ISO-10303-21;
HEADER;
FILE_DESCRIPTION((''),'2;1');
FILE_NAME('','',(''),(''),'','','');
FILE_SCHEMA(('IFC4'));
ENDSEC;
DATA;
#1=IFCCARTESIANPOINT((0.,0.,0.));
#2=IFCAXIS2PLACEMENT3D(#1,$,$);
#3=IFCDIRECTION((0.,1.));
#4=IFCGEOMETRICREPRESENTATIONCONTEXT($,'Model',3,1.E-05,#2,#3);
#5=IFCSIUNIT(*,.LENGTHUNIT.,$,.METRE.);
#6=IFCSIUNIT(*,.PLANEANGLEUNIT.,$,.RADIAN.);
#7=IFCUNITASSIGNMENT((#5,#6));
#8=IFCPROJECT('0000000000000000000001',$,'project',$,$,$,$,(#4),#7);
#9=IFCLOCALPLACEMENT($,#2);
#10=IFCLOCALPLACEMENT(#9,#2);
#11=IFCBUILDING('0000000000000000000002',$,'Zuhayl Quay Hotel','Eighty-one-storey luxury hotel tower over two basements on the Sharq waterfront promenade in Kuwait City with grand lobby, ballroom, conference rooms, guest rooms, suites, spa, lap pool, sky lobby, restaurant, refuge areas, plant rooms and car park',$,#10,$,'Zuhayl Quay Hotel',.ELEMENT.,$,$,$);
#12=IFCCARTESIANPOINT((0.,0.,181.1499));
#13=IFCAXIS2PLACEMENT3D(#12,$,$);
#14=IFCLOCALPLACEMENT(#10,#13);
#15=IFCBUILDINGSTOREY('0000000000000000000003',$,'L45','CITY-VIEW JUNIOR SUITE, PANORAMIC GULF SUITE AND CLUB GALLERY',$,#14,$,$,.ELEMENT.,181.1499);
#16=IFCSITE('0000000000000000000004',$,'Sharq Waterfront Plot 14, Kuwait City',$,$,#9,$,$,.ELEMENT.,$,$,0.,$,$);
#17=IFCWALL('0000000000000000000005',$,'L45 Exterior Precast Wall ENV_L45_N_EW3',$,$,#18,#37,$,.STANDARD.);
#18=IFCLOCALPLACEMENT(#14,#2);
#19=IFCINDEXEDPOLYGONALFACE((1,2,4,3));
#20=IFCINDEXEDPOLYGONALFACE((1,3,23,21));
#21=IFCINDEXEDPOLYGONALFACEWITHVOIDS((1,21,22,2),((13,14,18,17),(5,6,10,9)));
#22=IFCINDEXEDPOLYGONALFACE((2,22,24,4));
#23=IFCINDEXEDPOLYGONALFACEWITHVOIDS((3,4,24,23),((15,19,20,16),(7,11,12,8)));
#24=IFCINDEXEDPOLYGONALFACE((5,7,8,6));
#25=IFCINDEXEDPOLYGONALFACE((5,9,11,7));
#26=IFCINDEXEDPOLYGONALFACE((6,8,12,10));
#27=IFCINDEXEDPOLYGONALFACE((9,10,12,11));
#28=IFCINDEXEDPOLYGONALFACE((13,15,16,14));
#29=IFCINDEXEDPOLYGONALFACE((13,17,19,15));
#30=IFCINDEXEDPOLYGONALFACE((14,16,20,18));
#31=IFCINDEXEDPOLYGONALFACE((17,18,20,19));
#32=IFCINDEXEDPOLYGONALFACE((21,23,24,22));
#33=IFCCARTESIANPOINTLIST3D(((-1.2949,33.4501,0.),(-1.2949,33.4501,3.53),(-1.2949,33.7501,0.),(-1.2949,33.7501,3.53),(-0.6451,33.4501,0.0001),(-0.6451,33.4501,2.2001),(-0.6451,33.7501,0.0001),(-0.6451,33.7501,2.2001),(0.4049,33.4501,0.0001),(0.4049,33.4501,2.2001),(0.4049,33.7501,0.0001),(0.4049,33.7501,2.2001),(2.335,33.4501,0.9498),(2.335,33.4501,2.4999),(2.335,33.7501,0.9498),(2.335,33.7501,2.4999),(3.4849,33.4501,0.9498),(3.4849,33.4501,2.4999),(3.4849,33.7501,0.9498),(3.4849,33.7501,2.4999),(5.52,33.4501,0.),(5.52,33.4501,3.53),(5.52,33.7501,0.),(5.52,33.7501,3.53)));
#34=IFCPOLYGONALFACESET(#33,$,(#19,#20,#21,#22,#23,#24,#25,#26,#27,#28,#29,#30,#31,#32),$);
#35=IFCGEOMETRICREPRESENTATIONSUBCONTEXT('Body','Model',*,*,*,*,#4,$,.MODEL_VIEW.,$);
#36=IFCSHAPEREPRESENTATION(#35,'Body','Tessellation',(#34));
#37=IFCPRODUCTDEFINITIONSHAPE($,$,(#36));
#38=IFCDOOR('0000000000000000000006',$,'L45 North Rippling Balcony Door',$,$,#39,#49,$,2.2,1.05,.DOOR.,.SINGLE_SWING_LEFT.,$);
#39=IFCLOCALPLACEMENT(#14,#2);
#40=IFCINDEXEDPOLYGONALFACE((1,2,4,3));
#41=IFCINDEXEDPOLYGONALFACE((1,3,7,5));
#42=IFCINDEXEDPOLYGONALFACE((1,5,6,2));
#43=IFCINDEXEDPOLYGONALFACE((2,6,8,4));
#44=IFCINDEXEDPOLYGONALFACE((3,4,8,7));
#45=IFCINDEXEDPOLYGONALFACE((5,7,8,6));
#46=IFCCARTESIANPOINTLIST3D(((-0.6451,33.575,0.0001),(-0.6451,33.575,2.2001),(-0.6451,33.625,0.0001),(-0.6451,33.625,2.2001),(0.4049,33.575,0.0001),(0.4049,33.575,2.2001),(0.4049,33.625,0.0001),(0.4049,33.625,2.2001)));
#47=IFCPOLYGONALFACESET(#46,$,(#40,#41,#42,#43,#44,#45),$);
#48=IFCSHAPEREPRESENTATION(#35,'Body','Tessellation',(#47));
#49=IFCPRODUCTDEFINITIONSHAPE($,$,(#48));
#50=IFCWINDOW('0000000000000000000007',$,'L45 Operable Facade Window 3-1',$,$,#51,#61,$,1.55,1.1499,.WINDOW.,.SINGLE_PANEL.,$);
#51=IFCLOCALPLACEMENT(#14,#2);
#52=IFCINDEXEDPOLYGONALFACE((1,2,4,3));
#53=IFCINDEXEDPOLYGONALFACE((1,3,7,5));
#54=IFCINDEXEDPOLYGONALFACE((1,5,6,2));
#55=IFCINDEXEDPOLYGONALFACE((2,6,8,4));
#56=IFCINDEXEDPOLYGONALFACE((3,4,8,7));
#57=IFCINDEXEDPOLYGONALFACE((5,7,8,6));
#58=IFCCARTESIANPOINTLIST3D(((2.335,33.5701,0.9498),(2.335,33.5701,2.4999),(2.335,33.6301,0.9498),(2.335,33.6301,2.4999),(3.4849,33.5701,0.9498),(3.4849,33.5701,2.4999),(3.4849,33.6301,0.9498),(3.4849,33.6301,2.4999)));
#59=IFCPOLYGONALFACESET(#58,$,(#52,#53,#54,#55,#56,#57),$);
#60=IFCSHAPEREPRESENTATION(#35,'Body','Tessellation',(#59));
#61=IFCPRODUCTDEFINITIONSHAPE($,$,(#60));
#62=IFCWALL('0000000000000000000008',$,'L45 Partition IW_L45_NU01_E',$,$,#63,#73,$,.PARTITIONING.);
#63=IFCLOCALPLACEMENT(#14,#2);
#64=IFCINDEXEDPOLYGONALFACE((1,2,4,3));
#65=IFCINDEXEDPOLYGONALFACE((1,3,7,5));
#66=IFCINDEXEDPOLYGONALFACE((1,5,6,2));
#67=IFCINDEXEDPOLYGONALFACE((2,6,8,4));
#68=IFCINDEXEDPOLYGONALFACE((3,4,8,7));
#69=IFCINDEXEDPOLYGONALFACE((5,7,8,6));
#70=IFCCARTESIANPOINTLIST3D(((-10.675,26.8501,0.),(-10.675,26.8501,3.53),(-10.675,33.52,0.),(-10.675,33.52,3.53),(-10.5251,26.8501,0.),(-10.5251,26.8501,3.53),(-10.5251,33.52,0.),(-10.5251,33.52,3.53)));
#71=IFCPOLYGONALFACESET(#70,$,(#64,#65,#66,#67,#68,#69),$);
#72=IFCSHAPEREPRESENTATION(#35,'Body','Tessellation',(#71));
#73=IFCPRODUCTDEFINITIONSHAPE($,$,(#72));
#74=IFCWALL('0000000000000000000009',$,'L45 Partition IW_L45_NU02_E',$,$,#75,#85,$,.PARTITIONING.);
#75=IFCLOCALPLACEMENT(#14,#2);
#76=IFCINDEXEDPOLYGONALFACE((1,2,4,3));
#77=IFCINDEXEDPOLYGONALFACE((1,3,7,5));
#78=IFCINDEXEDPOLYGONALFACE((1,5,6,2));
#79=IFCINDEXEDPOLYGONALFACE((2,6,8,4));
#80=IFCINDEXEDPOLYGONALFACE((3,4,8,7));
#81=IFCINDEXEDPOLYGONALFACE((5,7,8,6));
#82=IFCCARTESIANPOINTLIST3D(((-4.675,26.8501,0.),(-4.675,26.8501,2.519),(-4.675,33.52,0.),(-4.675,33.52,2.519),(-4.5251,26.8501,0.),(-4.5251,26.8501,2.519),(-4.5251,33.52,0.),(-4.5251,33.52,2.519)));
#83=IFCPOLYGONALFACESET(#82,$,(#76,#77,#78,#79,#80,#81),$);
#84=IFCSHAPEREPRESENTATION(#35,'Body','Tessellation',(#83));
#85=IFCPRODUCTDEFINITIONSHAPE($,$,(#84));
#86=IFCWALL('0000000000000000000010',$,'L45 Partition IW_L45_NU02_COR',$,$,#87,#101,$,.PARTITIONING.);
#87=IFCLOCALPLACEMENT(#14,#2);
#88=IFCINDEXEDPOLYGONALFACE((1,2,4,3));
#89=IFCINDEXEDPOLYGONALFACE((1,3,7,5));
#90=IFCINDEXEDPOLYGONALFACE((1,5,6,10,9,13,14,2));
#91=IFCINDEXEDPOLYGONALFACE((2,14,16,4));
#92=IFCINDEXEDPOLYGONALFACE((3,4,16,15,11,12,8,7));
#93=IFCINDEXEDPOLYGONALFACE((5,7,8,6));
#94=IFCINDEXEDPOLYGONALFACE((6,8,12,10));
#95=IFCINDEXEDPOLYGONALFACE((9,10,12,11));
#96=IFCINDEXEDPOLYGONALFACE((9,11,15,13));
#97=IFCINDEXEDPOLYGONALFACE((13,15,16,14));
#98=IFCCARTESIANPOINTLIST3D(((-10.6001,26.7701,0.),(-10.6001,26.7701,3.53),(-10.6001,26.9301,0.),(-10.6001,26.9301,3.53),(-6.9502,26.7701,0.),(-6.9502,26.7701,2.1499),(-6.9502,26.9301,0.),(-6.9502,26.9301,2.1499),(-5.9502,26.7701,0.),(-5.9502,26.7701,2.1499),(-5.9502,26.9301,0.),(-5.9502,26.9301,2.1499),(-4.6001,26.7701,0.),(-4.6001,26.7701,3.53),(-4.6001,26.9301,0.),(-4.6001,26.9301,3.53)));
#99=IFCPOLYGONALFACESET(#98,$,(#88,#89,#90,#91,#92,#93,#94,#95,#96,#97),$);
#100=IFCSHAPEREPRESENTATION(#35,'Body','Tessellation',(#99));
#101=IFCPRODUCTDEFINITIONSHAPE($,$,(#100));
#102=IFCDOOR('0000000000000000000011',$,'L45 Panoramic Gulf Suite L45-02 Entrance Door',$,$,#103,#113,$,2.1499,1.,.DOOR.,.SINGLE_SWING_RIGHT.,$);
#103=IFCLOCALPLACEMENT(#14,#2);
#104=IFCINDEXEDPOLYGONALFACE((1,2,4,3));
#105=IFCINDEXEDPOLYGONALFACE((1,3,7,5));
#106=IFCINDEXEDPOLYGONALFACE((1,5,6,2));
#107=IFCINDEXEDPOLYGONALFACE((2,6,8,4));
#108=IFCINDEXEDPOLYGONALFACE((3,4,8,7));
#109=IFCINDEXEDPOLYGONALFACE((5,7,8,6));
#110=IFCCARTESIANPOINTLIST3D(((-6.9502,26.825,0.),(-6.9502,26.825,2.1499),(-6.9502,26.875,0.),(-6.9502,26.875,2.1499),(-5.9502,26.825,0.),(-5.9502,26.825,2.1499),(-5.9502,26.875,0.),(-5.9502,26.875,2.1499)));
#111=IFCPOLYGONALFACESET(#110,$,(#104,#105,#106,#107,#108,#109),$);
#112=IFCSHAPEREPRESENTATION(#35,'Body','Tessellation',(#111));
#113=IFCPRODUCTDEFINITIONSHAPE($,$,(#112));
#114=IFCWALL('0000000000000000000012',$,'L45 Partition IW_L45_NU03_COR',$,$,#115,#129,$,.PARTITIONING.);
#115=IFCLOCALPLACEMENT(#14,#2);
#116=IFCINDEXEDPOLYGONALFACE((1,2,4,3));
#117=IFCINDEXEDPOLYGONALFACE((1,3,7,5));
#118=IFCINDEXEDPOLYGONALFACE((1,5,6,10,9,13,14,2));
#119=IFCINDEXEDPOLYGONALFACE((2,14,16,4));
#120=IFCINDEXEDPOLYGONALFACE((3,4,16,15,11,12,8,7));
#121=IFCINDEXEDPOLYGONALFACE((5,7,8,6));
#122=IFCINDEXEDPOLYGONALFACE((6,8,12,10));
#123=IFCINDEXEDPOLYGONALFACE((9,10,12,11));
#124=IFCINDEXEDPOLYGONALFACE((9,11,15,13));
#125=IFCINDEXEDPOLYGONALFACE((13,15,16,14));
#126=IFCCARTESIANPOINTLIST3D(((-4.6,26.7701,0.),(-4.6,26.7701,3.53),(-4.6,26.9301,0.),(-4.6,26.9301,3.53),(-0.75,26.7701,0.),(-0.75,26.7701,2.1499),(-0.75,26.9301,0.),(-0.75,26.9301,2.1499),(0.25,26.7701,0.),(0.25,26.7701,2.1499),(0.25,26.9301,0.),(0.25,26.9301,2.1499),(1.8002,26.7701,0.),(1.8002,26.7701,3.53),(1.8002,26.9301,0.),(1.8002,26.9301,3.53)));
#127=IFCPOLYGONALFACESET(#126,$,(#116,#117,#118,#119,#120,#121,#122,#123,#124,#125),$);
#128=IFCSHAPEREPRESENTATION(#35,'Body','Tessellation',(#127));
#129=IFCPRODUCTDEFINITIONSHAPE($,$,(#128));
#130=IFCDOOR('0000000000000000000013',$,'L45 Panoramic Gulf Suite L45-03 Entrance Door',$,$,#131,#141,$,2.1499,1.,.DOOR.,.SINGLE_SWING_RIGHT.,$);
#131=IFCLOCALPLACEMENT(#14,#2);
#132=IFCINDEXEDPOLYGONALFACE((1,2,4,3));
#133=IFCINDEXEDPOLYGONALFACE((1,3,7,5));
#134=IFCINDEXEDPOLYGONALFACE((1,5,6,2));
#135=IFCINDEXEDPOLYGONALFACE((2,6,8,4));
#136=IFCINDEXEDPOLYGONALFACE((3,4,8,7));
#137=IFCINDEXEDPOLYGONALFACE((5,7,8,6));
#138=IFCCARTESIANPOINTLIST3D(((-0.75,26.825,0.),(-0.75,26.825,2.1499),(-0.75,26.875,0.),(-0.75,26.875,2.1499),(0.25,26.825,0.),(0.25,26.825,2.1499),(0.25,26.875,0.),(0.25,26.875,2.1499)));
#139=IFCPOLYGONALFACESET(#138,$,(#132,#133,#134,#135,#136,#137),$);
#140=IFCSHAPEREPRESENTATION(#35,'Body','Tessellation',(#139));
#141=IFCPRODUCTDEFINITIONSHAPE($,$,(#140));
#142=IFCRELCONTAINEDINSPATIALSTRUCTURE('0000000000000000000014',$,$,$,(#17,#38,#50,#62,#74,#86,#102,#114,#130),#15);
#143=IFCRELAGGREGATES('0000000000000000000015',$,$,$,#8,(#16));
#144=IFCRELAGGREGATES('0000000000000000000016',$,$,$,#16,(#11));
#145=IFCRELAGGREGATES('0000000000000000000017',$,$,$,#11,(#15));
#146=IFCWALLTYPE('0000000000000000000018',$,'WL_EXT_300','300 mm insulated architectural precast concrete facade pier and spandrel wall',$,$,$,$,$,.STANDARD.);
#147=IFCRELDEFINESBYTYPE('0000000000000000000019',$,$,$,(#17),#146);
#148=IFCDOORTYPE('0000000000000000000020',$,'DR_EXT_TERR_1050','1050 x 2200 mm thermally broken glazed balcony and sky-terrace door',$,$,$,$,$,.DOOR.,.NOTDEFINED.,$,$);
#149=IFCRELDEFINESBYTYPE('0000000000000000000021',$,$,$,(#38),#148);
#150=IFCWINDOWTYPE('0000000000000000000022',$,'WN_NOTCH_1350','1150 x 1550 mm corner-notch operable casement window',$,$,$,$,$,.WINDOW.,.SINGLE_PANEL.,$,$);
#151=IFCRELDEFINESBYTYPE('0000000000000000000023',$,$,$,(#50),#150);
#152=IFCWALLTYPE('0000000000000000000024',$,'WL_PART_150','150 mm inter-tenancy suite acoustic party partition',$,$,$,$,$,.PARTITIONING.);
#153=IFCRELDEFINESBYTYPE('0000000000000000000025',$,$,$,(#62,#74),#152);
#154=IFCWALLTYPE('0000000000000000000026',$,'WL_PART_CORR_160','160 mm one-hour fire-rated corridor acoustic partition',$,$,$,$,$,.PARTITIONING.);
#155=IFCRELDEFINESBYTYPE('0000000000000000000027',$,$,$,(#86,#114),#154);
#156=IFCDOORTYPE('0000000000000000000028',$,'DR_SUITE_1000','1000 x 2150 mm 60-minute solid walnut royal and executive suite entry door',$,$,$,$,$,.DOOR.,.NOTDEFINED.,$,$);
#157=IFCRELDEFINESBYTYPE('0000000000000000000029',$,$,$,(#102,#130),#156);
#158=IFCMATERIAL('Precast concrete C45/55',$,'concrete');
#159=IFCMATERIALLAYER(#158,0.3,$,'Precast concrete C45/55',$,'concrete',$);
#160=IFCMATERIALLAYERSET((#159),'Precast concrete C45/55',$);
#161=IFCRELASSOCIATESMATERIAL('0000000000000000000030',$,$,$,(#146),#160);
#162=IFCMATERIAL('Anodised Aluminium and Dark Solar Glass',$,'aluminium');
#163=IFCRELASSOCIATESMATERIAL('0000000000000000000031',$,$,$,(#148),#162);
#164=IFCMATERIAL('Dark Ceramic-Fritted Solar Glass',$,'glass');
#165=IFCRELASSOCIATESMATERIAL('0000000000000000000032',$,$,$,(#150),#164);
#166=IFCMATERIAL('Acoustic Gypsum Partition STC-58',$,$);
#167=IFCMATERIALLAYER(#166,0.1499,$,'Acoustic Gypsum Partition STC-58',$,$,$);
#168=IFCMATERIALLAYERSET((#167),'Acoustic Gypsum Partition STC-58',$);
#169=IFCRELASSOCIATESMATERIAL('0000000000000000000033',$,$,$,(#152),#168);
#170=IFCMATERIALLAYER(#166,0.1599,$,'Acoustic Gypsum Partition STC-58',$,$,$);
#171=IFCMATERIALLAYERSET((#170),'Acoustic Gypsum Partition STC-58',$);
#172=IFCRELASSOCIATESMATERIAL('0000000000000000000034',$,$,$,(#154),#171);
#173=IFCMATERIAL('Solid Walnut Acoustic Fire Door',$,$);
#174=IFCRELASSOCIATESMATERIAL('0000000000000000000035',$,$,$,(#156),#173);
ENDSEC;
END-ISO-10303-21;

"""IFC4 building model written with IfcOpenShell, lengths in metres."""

from ifc_helpers import new_model, si_unit, direction, frame, frame_2d, origin, place, context, subcontext, project, spatial, rectangle, extrude, material, layer, layer_set, type_object, element, fill, save


model = new_model("IFC4")

# Units and contexts
model_context = context("Model", 3, precision=1e-05, world=origin(), true_north=direction((0.0, 1.0)))
body_context = subcontext(model_context, "Body", "Model", "MODEL_VIEW")
ifc_project = project(units=[si_unit("LENGTHUNIT", "METRE"), si_unit("PLANEANGLEUNIT", "RADIAN")], contexts=[model_context])

# Site, building, storey
site_placement = place(None, origin())
site = spatial("IfcSite", under=ifc_project, at=site_placement, Name="Sharq Waterfront Plot 14, Kuwait City", CompositionType="ELEMENT", RefElevation=0.0)
building_placement = place(site_placement, origin())
building = spatial("IfcBuilding", under=site, at=building_placement, Name="Zuhayl Quay Hotel", Description="Eighty-one-storey luxury hotel tower over two basements on the Sharq waterfront promenade in Kuwait City with grand lobby, ballroom, conference rooms, guest rooms, suites, spa, lap pool, sky lobby, restaurant, refuge areas, plant rooms and car park", LongName="Zuhayl Quay Hotel", CompositionType="ELEMENT")
storey_placement = place(building_placement, frame((0.0, 0.0, 181.1499)))
storey = spatial("IfcBuildingStorey", under=building, at=storey_placement, Name="L45", Description="CITY-VIEW JUNIOR SUITE, PANORAMIC GULF SUITE AND CLUB GALLERY", CompositionType="ELEMENT", Elevation=181.1499)

# Shared definitions
ifc_material_1 = material(Name="Dark Ceramic-Fritted Solar Glass", Category="glass")

# Wall, openings, door, window
ifc_material_2 = material(Name="Precast concrete C45/55", Category="concrete")
ifc_layer_1 = layer(ifc_material_2, 0.3, Name="Precast concrete C45/55", Category="concrete")
ifc_layer_set_1 = layer_set([ifc_layer_1], Name="Precast concrete C45/55")
wall_type_1 = type_object("IfcWallType", Name="WL_EXT_300", Description="300 mm insulated architectural precast concrete facade pier and spandrel wall", PredefinedType="STANDARD", material=ifc_layer_set_1)
wall_1_placement = place(storey_placement, frame((-1.2949, 33.6001, 0.0), z_axis=(0.0, 0.0, 1.0), x_axis=(1.0, 0.0, 0.0)))
wall_1 = element("IfcWall", 1, at=wall_1_placement, inside=storey, type_object=wall_type_1, Name="L45 Exterior Precast Wall ENV_L45_N_EW3", PredefinedType="STANDARD", context=body_context, shape_type="SweptSolid", body=[
    extrude(rectangle(XDim=6.8149, YDim=0.3, at=frame_2d((3.4075, 0.0))), origin(), (0.0, 0.0, 1.0), 3.53),
])
opening_1_placement = place(wall_1_placement, frame((0.6499, 0.0, 0.0)))
opening_1 = element("IfcOpeningElement", 2, at=opening_1_placement, cuts=wall_1, PredefinedType="OPENING", context=body_context, shape_type="SweptSolid", body=[
    extrude(rectangle(XDim=1.05, YDim=2.2, at=frame_2d((0.5249, 1.1001))), frame((0.0, 0.1599, 0.0), z_axis=(0.0, -1.0, 0.0), x_axis=(1.0, 0.0, 0.0)), (0.0, 0.0, 1.0), 0.3201),
])
opening_2_placement = place(wall_1_placement, frame((3.6299, 0.0, 0.95)))
opening_2 = element("IfcOpeningElement", 3, at=opening_2_placement, cuts=wall_1, PredefinedType="OPENING", context=body_context, shape_type="SweptSolid", body=[
    extrude(rectangle(XDim=1.1499, YDim=1.55, at=frame_2d((0.575, 0.7749))), frame((0.0, 0.1599, 0.0), z_axis=(0.0, -1.0, 0.0), x_axis=(1.0, 0.0, 0.0)), (0.0, 0.0, 1.0), 0.3201),
])
ifc_material_3 = material(Name="Anodised Aluminium and Dark Solar Glass", Category="aluminium")
door_type_1 = type_object("IfcDoorType", Name="DR_EXT_TERR_1050", Description="1050 x 2200 mm thermally broken glazed balcony and sky-terrace door", OperationType="NOTDEFINED", PredefinedType="DOOR", material=ifc_material_3)
door_1_placement = place(opening_1_placement, origin())
door_1 = element("IfcDoor", 4, at=door_1_placement, inside=storey, type_object=door_type_1, Name="L45 North Rippling Balcony Door", OperationType="SINGLE_SWING_LEFT", OverallHeight=2.2, OverallWidth=1.05, PredefinedType="DOOR", context=body_context, shape_type="SweptSolid", body=[
    extrude(rectangle(XDim=1.05, YDim=2.2, at=frame_2d((0.5249, 1.1001))), frame((0.0, 0.0249, 0.0), z_axis=(0.0, -1.0, 0.0), x_axis=(1.0, 0.0, 0.0)), (0.0, 0.0, 1.0), 0.05),
])
fill(opening_1, door_1)
window_type = type_object("IfcWindowType", Name="WN_NOTCH_1350", Description="1150 x 1550 mm corner-notch operable casement window", PartitioningType="SINGLE_PANEL", PredefinedType="WINDOW", material=ifc_material_1)
window_placement = place(opening_2_placement, origin())
window = element("IfcWindow", 5, at=window_placement, inside=storey, type_object=window_type, Name="L45 Operable Facade Window 3-1", OverallHeight=1.55, OverallWidth=1.1499, PartitioningType="SINGLE_PANEL", PredefinedType="WINDOW", context=body_context, shape_type="SweptSolid", body=[
    extrude(rectangle(XDim=1.1499, YDim=1.55, at=frame_2d((0.575, 0.7749))), frame((0.0, 0.03, 0.0), z_axis=(0.0, -1.0, 0.0), x_axis=(1.0, 0.0, 0.0)), (0.0, 0.0, 1.0), 0.0601),
])
fill(opening_2, window)

# Walls
ifc_material_4 = material(Name="Acoustic Gypsum Partition STC-58")
ifc_layer_2 = layer(ifc_material_4, 0.1499, Name="Acoustic Gypsum Partition STC-58")
ifc_layer_set_2 = layer_set([ifc_layer_2], Name="Acoustic Gypsum Partition STC-58")
wall_type_2 = type_object("IfcWallType", Name="WL_PART_150", Description="150 mm inter-tenancy suite acoustic party partition", PredefinedType="PARTITIONING", material=ifc_layer_set_2)
wall_2_placement = place(storey_placement, frame((-10.6001, 26.8501, 0.0), z_axis=(0.0, 0.0, 1.0), x_axis=(0.0, 1.0, 0.0)))
element("IfcWall", 6, at=wall_2_placement, inside=storey, type_object=wall_type_2, Name="L45 Partition IW_L45_NU01_E", PredefinedType="PARTITIONING", context=body_context, shape_type="SweptSolid", body=[
    extrude(rectangle(XDim=6.6699, YDim=0.1499, at=frame_2d((3.335, 0.0))), origin(), (0.0, 0.0, 1.0), 3.53),
])
wall_3_placement = place(storey_placement, frame((-4.6001, 26.8501, 0.0), z_axis=(0.0, 0.0, 1.0), x_axis=(0.0, 1.0, 0.0)))
element("IfcWall", 7, at=wall_3_placement, inside=storey, type_object=wall_type_2, Name="L45 Partition IW_L45_NU02_E", PredefinedType="PARTITIONING", context=body_context, shape_type="SweptSolid", body=[
    extrude(rectangle(XDim=6.6699, YDim=0.1499, at=frame_2d((3.335, 0.0))), origin(), (0.0, 0.0, 1.0), 2.519),
])

# Walls, openings, doors
ifc_layer_3 = layer(ifc_material_4, 0.1599, Name="Acoustic Gypsum Partition STC-58")
ifc_layer_set_3 = layer_set([ifc_layer_3], Name="Acoustic Gypsum Partition STC-58")
wall_type_3 = type_object("IfcWallType", Name="WL_PART_CORR_160", Description="160 mm one-hour fire-rated corridor acoustic partition", PredefinedType="PARTITIONING", material=ifc_layer_set_3)
wall_4_placement = place(storey_placement, frame((-10.6001, 26.8501, 0.0), z_axis=(0.0, 0.0, 1.0), x_axis=(1.0, 0.0, 0.0)))
wall_4 = element("IfcWall", 8, at=wall_4_placement, inside=storey, type_object=wall_type_3, Name="L45 Partition IW_L45_NU02_COR", PredefinedType="PARTITIONING", context=body_context, shape_type="SweptSolid", body=[
    extrude(rectangle(XDim=6.0, YDim=0.1599, at=frame_2d((3.0, 0.0))), origin(), (0.0, 0.0, 1.0), 3.53),
])
opening_3_placement = place(wall_4_placement, frame((3.6499, 0.0, 0.0)))
opening_3 = element("IfcOpeningElement", 9, at=opening_3_placement, cuts=wall_4, PredefinedType="OPENING", context=body_context, shape_type="SweptSolid", body=[
    extrude(rectangle(XDim=1.0, YDim=2.1499, at=frame_2d((0.5, 1.075))), frame((0.0, 0.0898, 0.0), z_axis=(0.0, -1.0, 0.0), x_axis=(1.0, 0.0, 0.0)), (0.0, 0.0, 1.0), 0.1799),
])
ifc_material_5 = material(Name="Solid Walnut Acoustic Fire Door")
door_type_2 = type_object("IfcDoorType", Name="DR_SUITE_1000", Description="1000 x 2150 mm 60-minute solid walnut royal and executive suite entry door", OperationType="NOTDEFINED", PredefinedType="DOOR", material=ifc_material_5)
door_2_placement = place(opening_3_placement, origin())
door_2 = element("IfcDoor", 10, at=door_2_placement, inside=storey, type_object=door_type_2, Name="L45 Panoramic Gulf Suite L45-02 Entrance Door", OperationType="SINGLE_SWING_RIGHT", OverallHeight=2.1499, OverallWidth=1.0, PredefinedType="DOOR", context=body_context, shape_type="SweptSolid", body=[
    extrude(rectangle(XDim=1.0, YDim=2.1499, at=frame_2d((0.5, 1.075))), frame((0.0, 0.0249, 0.0), z_axis=(0.0, -1.0, 0.0), x_axis=(1.0, 0.0, 0.0)), (0.0, 0.0, 1.0), 0.05),
])
fill(opening_3, door_2)
wall_5_placement = place(storey_placement, frame((-4.6001, 26.8501, 0.0), z_axis=(0.0, 0.0, 1.0), x_axis=(1.0, 0.0, 0.0)))
wall_5 = element("IfcWall", 11, at=wall_5_placement, inside=storey, type_object=wall_type_3, Name="L45 Partition IW_L45_NU03_COR", PredefinedType="PARTITIONING", context=body_context, shape_type="SweptSolid", body=[
    extrude(rectangle(XDim=6.4001, YDim=0.1599, at=frame_2d((3.2002, 0.0))), origin(), (0.0, 0.0, 1.0), 3.53),
])
opening_4_placement = place(wall_5_placement, frame((3.8501, 0.0, 0.0)))
opening_4 = element("IfcOpeningElement", 12, at=opening_4_placement, cuts=wall_5, PredefinedType="OPENING", context=body_context, shape_type="SweptSolid", body=[
    extrude(rectangle(XDim=1.0, YDim=2.1499, at=frame_2d((0.5, 1.075))), frame((0.0, 0.0898, 0.0), z_axis=(0.0, -1.0, 0.0), x_axis=(1.0, 0.0, 0.0)), (0.0, 0.0, 1.0), 0.1799),
])
door_3_placement = place(opening_4_placement, origin())
door_3 = element("IfcDoor", 13, at=door_3_placement, inside=storey, type_object=door_type_2, Name="L45 Panoramic Gulf Suite L45-03 Entrance Door", OperationType="SINGLE_SWING_RIGHT", OverallHeight=2.1499, OverallWidth=1.0, PredefinedType="DOOR", context=body_context, shape_type="SweptSolid", body=[
    extrude(rectangle(XDim=1.0, YDim=2.1499, at=frame_2d((0.5, 1.075))), frame((0.0, 0.0249, 0.0), z_axis=(0.0, -1.0, 0.0), x_axis=(1.0, 0.0, 0.0)), (0.0, 0.0, 1.0), 0.05),
])
fill(opening_4, door_3)

save(model, "model.ifc")
